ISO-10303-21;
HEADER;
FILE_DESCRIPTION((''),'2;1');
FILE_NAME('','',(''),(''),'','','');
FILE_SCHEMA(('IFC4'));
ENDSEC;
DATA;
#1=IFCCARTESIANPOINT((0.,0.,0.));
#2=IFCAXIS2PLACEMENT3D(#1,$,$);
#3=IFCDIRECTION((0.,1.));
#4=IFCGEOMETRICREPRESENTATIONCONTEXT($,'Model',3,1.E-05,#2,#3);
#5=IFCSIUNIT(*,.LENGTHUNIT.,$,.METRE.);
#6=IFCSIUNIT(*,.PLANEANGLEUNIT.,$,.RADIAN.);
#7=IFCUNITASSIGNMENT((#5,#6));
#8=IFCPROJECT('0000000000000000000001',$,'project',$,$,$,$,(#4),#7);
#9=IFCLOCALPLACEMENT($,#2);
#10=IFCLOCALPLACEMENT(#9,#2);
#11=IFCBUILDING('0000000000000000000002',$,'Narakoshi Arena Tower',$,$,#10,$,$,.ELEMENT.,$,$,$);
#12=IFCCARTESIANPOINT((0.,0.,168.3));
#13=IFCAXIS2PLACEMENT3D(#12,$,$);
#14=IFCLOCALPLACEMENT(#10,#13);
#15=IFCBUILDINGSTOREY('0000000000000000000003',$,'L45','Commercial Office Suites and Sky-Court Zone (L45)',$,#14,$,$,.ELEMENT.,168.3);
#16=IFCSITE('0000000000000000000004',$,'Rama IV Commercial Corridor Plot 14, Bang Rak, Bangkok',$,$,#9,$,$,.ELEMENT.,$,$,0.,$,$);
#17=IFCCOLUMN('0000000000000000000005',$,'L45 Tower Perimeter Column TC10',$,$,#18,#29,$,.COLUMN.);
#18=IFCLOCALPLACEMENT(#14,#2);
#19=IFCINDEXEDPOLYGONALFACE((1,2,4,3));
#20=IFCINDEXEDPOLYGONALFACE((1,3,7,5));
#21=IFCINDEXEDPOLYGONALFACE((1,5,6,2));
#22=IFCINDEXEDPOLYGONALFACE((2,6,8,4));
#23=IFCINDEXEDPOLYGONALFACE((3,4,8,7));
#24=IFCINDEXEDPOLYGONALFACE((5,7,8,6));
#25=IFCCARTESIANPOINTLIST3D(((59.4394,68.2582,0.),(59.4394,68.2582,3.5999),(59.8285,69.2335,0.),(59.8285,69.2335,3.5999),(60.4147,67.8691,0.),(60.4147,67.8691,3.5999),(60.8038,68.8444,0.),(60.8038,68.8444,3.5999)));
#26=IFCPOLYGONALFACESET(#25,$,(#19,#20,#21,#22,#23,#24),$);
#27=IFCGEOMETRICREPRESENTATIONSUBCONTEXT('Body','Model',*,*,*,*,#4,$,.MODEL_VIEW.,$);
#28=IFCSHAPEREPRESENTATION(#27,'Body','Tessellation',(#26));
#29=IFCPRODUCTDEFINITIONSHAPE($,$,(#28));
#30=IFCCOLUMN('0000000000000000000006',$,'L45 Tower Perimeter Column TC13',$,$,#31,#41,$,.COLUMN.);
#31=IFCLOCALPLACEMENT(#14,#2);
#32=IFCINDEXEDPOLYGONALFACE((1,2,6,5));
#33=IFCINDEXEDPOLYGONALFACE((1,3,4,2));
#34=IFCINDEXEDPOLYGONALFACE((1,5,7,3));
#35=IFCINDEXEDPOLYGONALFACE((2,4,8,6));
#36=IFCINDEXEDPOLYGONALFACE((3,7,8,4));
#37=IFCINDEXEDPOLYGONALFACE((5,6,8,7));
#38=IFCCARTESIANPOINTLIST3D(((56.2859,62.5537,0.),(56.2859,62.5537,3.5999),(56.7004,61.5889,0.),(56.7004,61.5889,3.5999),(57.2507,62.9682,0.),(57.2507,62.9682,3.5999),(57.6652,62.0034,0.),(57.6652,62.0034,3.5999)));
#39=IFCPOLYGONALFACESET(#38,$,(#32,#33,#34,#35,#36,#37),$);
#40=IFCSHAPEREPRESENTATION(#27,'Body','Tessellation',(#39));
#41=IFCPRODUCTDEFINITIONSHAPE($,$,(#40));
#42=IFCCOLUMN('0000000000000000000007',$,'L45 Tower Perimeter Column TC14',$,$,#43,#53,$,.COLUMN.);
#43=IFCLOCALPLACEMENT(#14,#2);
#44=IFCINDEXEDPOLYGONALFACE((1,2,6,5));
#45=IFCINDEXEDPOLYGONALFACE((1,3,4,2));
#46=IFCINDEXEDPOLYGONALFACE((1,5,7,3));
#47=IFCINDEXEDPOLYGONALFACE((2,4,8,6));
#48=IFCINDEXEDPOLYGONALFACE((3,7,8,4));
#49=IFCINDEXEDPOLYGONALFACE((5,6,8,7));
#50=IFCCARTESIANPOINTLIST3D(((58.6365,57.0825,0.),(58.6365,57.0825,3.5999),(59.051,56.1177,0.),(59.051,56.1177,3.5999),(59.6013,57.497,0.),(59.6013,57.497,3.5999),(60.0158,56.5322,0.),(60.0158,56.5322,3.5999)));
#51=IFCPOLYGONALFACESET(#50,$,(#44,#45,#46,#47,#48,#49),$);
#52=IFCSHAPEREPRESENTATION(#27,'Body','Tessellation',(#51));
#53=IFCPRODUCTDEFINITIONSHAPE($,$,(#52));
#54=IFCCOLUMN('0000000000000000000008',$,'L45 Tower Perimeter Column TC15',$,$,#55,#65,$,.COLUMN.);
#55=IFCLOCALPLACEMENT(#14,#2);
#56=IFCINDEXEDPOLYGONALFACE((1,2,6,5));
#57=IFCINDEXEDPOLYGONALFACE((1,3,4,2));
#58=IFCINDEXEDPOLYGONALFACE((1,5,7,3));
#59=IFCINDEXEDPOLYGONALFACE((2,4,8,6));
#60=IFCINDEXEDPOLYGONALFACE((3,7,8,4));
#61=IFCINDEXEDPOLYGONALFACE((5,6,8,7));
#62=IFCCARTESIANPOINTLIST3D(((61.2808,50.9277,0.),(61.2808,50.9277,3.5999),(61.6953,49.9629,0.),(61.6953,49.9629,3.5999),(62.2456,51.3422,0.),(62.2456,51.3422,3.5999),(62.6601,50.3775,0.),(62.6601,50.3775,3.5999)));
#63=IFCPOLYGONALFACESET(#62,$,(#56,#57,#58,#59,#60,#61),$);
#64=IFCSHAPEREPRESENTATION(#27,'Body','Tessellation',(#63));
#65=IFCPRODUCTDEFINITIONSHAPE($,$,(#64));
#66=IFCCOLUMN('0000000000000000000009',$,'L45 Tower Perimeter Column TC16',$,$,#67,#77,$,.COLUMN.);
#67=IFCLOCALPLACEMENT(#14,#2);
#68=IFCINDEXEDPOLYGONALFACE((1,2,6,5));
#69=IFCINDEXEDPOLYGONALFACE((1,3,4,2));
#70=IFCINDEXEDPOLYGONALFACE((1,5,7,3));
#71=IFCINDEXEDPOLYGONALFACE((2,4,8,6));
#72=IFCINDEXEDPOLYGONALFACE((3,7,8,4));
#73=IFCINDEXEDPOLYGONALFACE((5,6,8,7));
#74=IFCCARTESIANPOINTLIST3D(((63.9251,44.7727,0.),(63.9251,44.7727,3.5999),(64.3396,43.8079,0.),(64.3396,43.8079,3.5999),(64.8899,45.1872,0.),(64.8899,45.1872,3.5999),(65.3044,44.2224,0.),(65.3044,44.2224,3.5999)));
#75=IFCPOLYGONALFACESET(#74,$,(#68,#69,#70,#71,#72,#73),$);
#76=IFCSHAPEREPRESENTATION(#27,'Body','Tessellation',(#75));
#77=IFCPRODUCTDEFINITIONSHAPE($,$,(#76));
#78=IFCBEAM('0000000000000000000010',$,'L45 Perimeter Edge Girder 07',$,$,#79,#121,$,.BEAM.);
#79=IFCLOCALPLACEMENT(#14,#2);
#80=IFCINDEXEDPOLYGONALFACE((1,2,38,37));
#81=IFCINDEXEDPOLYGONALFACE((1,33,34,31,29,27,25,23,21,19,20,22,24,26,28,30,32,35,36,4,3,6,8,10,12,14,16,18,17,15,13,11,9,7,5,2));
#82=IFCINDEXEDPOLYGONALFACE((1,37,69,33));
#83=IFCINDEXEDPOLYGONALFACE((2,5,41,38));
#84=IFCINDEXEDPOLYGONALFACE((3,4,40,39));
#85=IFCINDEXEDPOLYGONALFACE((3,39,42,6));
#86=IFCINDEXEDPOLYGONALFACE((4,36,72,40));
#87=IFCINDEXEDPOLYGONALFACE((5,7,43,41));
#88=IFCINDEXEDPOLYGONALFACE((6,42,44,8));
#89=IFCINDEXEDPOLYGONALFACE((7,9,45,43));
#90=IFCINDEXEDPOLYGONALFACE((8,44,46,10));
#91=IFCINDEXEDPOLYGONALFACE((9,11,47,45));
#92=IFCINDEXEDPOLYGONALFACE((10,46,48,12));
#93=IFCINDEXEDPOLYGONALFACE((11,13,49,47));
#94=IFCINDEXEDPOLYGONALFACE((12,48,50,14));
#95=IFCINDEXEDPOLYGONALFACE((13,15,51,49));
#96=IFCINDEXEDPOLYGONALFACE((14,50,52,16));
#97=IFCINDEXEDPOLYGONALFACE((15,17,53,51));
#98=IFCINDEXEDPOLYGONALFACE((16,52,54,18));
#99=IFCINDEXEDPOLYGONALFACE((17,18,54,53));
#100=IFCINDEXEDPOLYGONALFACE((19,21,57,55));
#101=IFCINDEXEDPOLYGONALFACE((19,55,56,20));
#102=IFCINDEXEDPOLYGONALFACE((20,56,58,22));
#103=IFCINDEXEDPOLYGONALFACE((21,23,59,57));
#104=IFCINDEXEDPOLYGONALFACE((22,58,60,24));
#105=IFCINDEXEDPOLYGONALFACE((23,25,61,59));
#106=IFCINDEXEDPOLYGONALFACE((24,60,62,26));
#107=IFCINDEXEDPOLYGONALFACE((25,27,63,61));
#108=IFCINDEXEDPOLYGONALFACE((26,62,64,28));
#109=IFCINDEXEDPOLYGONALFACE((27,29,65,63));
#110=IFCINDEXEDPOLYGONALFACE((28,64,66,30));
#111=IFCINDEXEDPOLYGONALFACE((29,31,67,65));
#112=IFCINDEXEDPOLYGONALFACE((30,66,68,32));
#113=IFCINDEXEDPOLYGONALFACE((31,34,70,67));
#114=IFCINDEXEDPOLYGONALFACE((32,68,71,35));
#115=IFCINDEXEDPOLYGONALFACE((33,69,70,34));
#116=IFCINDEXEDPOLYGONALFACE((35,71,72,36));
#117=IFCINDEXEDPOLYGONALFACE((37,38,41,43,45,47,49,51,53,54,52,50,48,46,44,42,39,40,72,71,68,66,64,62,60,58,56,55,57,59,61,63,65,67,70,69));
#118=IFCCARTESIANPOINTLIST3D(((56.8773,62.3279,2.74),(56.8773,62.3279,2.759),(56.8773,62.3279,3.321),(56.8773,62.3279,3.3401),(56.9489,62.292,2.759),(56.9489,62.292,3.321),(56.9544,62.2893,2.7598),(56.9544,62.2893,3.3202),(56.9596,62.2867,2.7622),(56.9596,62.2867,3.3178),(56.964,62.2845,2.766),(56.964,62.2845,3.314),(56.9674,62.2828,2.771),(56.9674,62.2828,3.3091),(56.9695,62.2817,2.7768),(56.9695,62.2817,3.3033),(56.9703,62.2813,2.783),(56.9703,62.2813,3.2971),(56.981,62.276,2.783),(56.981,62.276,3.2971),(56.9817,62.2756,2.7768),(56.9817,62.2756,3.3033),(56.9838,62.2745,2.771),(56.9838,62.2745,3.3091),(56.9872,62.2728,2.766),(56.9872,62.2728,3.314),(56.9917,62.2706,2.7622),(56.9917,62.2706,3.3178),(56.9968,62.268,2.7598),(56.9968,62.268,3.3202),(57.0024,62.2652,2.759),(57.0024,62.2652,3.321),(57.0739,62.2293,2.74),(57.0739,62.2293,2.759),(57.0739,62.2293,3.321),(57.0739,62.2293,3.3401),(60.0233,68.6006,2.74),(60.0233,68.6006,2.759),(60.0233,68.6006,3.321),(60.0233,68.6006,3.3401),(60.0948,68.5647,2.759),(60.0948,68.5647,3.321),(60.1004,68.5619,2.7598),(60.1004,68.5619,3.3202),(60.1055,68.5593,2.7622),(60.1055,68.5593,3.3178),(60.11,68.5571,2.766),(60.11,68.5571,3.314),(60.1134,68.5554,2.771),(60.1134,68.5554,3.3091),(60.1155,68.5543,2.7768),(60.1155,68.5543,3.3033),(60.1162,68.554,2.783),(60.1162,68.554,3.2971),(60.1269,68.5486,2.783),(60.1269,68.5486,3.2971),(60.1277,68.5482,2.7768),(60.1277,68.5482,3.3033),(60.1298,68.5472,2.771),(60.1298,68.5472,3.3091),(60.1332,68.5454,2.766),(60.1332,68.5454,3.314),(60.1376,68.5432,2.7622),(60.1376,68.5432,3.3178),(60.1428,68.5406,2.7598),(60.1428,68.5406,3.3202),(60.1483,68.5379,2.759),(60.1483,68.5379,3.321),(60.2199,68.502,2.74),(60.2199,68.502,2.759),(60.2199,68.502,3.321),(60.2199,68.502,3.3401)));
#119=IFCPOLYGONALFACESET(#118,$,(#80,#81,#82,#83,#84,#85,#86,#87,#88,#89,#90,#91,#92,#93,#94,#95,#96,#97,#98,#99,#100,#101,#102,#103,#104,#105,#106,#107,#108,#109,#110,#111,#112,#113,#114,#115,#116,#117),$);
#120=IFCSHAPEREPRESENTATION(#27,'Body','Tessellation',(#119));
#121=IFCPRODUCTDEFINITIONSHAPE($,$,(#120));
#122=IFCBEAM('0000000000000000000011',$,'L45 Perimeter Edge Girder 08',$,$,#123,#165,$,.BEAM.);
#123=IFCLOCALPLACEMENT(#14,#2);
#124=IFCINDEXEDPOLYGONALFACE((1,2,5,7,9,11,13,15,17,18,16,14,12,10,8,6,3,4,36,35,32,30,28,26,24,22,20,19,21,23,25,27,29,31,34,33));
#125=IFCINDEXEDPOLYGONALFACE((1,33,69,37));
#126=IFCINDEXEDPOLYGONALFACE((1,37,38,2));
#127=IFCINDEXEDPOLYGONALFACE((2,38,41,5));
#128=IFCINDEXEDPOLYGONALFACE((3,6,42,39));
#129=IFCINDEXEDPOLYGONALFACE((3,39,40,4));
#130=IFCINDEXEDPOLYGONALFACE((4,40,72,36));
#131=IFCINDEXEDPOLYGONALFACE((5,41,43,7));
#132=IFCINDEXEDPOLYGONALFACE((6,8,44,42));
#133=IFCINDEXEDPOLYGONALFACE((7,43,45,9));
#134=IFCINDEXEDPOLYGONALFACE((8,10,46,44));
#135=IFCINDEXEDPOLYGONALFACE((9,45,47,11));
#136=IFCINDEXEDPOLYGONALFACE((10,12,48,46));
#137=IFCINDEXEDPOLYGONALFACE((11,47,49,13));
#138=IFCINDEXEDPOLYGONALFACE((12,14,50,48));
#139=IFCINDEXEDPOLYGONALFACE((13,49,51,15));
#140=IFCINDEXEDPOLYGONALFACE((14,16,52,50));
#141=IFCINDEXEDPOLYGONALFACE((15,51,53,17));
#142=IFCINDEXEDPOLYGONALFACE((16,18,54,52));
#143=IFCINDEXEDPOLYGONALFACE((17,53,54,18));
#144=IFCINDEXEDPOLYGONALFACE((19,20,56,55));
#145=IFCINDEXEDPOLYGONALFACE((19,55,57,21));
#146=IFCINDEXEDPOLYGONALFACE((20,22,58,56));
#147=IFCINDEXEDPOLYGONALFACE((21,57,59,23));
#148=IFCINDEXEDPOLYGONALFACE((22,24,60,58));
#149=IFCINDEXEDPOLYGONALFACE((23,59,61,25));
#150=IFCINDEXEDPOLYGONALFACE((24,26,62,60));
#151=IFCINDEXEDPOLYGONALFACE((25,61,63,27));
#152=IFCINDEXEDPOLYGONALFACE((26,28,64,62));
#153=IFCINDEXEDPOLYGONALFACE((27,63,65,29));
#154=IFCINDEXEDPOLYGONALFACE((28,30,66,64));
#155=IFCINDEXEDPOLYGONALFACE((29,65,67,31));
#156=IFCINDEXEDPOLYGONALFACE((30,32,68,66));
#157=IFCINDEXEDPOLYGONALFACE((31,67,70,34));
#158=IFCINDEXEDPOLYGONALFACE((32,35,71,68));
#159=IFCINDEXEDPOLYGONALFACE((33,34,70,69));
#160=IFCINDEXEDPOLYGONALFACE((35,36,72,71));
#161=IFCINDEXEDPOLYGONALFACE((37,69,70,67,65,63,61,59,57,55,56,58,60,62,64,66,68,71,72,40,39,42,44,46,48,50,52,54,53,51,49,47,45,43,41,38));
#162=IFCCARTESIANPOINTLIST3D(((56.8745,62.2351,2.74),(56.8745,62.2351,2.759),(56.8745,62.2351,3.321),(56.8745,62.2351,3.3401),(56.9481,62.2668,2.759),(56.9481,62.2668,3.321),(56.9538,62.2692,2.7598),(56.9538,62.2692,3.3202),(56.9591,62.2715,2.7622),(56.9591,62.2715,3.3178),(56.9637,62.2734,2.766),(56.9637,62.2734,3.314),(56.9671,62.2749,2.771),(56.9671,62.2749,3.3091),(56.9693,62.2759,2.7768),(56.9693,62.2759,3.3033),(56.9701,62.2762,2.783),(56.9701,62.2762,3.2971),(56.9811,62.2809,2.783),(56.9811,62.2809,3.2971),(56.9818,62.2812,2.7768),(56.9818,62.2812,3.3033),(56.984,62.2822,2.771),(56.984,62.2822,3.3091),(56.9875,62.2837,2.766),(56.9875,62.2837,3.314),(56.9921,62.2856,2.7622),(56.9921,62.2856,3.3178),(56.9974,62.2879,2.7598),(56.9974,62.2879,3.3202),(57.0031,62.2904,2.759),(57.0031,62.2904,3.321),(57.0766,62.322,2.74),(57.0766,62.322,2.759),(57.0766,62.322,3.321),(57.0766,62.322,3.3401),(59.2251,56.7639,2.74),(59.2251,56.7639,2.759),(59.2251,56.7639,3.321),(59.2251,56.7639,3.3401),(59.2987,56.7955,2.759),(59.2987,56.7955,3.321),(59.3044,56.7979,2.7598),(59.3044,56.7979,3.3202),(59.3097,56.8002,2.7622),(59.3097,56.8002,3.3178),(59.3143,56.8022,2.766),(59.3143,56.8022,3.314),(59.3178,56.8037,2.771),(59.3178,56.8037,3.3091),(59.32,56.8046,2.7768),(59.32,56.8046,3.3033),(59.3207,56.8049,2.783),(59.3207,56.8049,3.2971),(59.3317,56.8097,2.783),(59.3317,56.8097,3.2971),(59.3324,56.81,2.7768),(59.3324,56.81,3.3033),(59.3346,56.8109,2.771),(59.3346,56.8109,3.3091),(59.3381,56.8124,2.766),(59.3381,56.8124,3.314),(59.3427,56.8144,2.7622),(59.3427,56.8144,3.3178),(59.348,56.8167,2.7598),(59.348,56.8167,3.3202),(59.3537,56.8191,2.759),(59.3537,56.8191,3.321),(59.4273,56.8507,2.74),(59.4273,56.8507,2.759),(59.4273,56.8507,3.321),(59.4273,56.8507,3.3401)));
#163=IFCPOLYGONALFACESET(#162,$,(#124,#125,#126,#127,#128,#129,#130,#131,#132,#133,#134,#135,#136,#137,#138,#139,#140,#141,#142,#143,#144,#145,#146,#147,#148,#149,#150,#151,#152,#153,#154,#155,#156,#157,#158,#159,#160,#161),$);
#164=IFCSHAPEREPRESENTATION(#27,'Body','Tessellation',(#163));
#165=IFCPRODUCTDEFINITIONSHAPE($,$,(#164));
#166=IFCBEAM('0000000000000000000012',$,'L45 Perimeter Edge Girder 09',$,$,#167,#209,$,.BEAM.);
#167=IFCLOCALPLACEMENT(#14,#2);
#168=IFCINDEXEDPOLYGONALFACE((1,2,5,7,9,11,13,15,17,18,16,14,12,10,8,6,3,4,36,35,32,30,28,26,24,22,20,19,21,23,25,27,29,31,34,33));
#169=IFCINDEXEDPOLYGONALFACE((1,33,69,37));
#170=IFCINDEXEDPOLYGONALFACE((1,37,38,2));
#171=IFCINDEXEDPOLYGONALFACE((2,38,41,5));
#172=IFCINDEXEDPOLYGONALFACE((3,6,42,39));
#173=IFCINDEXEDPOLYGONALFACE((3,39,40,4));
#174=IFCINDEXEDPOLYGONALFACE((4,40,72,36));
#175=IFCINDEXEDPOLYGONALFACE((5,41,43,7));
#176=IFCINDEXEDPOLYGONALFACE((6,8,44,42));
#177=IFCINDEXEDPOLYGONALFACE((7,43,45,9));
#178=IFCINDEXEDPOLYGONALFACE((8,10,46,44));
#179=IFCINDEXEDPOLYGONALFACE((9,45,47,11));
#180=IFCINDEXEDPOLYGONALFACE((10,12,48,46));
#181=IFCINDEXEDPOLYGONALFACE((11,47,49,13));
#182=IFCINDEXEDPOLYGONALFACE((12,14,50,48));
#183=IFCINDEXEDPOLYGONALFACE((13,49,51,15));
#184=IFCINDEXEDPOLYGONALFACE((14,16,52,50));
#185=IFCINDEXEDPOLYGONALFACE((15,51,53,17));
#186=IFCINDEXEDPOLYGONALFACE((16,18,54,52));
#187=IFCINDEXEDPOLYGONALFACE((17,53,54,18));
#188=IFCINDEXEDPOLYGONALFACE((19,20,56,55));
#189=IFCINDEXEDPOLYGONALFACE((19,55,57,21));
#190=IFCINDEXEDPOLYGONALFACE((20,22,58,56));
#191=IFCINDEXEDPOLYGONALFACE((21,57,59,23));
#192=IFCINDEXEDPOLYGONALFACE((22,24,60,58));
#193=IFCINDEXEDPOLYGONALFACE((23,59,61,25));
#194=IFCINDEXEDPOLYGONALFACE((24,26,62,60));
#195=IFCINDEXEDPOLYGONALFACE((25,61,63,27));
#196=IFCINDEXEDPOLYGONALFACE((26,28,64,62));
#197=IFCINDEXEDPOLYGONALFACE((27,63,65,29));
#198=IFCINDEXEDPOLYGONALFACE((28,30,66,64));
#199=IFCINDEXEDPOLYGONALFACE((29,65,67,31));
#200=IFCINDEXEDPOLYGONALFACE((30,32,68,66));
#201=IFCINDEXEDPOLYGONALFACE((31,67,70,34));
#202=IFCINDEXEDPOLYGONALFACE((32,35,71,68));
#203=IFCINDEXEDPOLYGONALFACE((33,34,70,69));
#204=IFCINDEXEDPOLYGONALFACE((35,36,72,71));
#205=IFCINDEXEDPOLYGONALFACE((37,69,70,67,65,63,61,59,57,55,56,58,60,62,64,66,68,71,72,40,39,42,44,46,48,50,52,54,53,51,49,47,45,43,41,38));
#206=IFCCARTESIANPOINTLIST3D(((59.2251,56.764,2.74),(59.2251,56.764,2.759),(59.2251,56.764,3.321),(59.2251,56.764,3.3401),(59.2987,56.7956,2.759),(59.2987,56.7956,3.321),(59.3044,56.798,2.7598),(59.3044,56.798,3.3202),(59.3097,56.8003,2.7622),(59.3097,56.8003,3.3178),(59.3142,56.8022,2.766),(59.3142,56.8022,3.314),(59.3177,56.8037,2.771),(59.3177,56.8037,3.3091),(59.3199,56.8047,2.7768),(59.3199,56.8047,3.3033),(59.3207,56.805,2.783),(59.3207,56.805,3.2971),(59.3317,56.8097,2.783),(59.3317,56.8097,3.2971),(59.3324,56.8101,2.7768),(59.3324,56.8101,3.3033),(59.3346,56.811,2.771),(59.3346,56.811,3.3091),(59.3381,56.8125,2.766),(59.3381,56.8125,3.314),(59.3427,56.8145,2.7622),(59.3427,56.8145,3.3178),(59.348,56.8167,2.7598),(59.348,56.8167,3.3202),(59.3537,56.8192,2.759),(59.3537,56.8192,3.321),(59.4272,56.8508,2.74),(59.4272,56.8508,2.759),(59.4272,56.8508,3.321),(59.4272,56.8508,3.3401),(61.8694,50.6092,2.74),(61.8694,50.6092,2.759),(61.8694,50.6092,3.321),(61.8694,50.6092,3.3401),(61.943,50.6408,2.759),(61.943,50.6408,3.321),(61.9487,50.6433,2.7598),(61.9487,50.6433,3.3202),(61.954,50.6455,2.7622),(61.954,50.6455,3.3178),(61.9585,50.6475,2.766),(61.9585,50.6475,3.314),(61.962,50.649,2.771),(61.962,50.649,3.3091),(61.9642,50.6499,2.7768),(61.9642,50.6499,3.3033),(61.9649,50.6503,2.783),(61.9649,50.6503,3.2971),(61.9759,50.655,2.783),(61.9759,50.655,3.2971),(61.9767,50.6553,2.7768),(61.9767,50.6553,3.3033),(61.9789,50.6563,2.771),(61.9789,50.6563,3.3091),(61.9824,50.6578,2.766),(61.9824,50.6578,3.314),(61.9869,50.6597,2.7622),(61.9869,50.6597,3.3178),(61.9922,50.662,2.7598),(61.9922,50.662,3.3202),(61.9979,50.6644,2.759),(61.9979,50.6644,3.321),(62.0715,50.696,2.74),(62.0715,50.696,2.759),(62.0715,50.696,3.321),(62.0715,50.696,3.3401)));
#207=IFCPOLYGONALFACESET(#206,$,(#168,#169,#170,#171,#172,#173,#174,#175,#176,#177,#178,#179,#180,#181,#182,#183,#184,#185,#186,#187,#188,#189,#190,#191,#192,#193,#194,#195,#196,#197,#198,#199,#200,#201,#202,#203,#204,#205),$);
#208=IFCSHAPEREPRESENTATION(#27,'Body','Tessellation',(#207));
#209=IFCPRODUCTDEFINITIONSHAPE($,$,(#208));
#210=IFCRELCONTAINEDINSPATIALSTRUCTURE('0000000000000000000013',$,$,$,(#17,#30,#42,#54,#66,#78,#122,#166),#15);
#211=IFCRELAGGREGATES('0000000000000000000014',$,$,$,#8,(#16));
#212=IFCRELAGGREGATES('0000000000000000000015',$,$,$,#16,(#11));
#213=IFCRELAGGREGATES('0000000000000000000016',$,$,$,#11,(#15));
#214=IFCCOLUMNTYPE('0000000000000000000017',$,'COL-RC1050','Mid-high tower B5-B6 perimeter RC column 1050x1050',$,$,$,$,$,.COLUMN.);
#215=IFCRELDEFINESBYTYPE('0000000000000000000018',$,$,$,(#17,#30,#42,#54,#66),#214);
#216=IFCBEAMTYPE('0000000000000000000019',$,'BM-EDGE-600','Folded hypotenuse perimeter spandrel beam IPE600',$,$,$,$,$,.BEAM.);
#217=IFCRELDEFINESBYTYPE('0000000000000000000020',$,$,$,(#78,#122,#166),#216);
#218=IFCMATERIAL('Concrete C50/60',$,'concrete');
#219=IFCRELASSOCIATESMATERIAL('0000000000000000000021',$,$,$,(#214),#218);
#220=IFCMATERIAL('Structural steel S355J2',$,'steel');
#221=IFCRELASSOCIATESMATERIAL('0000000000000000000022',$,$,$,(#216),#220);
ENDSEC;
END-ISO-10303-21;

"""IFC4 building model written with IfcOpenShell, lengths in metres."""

from ifc_helpers import new_model, si_unit, direction, frame, origin, origin_2d, place, context, subcontext, project, spatial, rectangle, i_section, extrude, material, material_profile, profile_set, type_object, element, save


model = new_model("IFC4")

# Units and contexts
model_context = context("Model", 3, precision=1e-05, world=origin(), true_north=direction((0.0, 1.0)))
body_context = subcontext(model_context, "Body", "Model", "MODEL_VIEW")
ifc_project = project(units=[si_unit("LENGTHUNIT", "METRE"), si_unit("PLANEANGLEUNIT", "RADIAN")], contexts=[model_context])

# Site, building, storey
site_placement = place(None, origin())
site = spatial("IfcSite", under=ifc_project, at=site_placement, Name="Rama IV Commercial Corridor Plot 14, Bang Rak, Bangkok", CompositionType="ELEMENT", RefElevation=0.0)
building_placement = place(site_placement, origin())
building = spatial("IfcBuilding", under=site, at=building_placement, Name="Narakoshi Arena Tower", CompositionType="ELEMENT")
storey_placement = place(building_placement, frame((0.0, 0.0, 168.3)))
storey = spatial("IfcBuildingStorey", under=building, at=storey_placement, Name="L45", Description="Commercial Office Suites and Sky-Court Zone (L45)", CompositionType="ELEMENT", Elevation=168.3)

# Columns
ifc_material_1 = material(Name="Concrete C50/60", Category="concrete")
ifc_material_profile_1 = material_profile(ifc_material_1, rectangle(XDim=1.05, YDim=1.05, at=origin_2d()), Name="RC1050x1050")
ifc_profile_set_1 = profile_set([ifc_material_profile_1], Name="Concrete C50/60")
column_type = type_object("IfcColumnType", Name="COL-RC1050", Description="Mid-high tower B5-B6 perimeter RC column 1050x1050", PredefinedType="COLUMN", material=ifc_profile_set_1)
for number, where, z_axis, x_axis, name in (
    (1, (60.1216, 68.5513, 0.0), (0.0, 0.0, 1.0), (0.370557, 0.92881, 0.0), "L45 Tower Perimeter Column TC10"),
    (2, (56.9756, 62.2786, 0.0), (0.0, 0.0, 1.0), (-0.394744, 0.918791, 0.0), "L45 Tower Perimeter Column TC13"),
    (3, (59.3262, 56.8074, 0.0), (0.0, 0.0, 1.0), (-0.394744, 0.918791, 0.0), "L45 Tower Perimeter Column TC14"),
    (4, (61.9705, 50.6526, 0.0), (0.0, 0.0, 1.0), (-0.394744, 0.918791, 0.0), "L45 Tower Perimeter Column TC15"),
    (5, (64.6147, 44.4976, 0.0), (0.0, 0.0, 1.0), (-0.394744, 0.918791, 0.0), "L45 Tower Perimeter Column TC16"),
):
    element("IfcColumn", number, at=place(storey_placement, frame(where, z_axis=z_axis, x_axis=x_axis)), inside=storey, type_object=column_type, Name=name, PredefinedType="COLUMN", context=body_context, shape_type="SweptSolid", body=[
        extrude(rectangle(XDim=1.05, YDim=1.05, at=origin_2d()), origin(), (0.0, 0.0, 1.0), 3.5999),
    ])

# Beams
ifc_material_2 = material(Name="Structural steel S355J2", Category="steel")
ifc_material_profile_2 = material_profile(ifc_material_2, i_section(OverallWidth=0.22, OverallDepth=0.6001, WebThickness=0.012, FlangeThickness=0.019, FilletRadius=0.0239, at=origin_2d()), Name="IPE600")
ifc_profile_set_2 = profile_set([ifc_material_profile_2], Name="Structural steel S355J2")
beam_type_1 = type_object("IfcBeamType", Name="BM-EDGE-600", Description="Folded hypotenuse perimeter spandrel beam IPE600", PredefinedType="BEAM", material=ifc_profile_set_2)
beam_1_placement = place(storey_placement, frame((60.1216, 68.5513, 3.04), z_axis=(-0.448313, -0.893877, 0.0), x_axis=(0.893877, -0.448313, 0.0)))
element("IfcBeam", 6, at=beam_1_placement, inside=storey, type_object=beam_type_1, Name="L45 Perimeter Edge Girder 07", PredefinedType="BEAM", context=body_context, shape_type="SweptSolid", body=[
    extrude(i_section(OverallWidth=0.22, OverallDepth=0.6001, WebThickness=0.012, FlangeThickness=0.019, FilletRadius=0.0239, at=origin_2d()), origin(), (0.0, 0.0, 1.0), 7.0173),
])
beam_2_placement = place(storey_placement, frame((56.9756, 62.2786, 3.04), z_axis=(0.394741, -0.918793, 0.0), x_axis=(0.918793, 0.394741, 0.0)))
element("IfcBeam", 7, at=beam_2_placement, inside=storey, type_object=beam_type_1, Name="L45 Perimeter Edge Girder 08", PredefinedType="BEAM", context=body_context, shape_type="SweptSolid", body=[
    extrude(i_section(OverallWidth=0.22, OverallDepth=0.6001, WebThickness=0.012, FlangeThickness=0.019, FilletRadius=0.0239, at=origin_2d()), origin(), (0.0, 0.0, 1.0), 5.9548),
])
beam_3_placement = place(storey_placement, frame((59.3262, 56.8074, 3.04), z_axis=(0.394742, -0.918792, 0.0), x_axis=(0.918792, 0.394742, 0.0)))
element("IfcBeam", 8, at=beam_3_placement, inside=storey, type_object=beam_type_1, Name="L45 Perimeter Edge Girder 09", PredefinedType="BEAM", context=body_context, shape_type="SweptSolid", body=[
    extrude(i_section(OverallWidth=0.22, OverallDepth=0.6001, WebThickness=0.012, FlangeThickness=0.019, FilletRadius=0.0239, at=origin_2d()), origin(), (0.0, 0.0, 1.0), 6.6987),
])

save(model, "model.ifc")
